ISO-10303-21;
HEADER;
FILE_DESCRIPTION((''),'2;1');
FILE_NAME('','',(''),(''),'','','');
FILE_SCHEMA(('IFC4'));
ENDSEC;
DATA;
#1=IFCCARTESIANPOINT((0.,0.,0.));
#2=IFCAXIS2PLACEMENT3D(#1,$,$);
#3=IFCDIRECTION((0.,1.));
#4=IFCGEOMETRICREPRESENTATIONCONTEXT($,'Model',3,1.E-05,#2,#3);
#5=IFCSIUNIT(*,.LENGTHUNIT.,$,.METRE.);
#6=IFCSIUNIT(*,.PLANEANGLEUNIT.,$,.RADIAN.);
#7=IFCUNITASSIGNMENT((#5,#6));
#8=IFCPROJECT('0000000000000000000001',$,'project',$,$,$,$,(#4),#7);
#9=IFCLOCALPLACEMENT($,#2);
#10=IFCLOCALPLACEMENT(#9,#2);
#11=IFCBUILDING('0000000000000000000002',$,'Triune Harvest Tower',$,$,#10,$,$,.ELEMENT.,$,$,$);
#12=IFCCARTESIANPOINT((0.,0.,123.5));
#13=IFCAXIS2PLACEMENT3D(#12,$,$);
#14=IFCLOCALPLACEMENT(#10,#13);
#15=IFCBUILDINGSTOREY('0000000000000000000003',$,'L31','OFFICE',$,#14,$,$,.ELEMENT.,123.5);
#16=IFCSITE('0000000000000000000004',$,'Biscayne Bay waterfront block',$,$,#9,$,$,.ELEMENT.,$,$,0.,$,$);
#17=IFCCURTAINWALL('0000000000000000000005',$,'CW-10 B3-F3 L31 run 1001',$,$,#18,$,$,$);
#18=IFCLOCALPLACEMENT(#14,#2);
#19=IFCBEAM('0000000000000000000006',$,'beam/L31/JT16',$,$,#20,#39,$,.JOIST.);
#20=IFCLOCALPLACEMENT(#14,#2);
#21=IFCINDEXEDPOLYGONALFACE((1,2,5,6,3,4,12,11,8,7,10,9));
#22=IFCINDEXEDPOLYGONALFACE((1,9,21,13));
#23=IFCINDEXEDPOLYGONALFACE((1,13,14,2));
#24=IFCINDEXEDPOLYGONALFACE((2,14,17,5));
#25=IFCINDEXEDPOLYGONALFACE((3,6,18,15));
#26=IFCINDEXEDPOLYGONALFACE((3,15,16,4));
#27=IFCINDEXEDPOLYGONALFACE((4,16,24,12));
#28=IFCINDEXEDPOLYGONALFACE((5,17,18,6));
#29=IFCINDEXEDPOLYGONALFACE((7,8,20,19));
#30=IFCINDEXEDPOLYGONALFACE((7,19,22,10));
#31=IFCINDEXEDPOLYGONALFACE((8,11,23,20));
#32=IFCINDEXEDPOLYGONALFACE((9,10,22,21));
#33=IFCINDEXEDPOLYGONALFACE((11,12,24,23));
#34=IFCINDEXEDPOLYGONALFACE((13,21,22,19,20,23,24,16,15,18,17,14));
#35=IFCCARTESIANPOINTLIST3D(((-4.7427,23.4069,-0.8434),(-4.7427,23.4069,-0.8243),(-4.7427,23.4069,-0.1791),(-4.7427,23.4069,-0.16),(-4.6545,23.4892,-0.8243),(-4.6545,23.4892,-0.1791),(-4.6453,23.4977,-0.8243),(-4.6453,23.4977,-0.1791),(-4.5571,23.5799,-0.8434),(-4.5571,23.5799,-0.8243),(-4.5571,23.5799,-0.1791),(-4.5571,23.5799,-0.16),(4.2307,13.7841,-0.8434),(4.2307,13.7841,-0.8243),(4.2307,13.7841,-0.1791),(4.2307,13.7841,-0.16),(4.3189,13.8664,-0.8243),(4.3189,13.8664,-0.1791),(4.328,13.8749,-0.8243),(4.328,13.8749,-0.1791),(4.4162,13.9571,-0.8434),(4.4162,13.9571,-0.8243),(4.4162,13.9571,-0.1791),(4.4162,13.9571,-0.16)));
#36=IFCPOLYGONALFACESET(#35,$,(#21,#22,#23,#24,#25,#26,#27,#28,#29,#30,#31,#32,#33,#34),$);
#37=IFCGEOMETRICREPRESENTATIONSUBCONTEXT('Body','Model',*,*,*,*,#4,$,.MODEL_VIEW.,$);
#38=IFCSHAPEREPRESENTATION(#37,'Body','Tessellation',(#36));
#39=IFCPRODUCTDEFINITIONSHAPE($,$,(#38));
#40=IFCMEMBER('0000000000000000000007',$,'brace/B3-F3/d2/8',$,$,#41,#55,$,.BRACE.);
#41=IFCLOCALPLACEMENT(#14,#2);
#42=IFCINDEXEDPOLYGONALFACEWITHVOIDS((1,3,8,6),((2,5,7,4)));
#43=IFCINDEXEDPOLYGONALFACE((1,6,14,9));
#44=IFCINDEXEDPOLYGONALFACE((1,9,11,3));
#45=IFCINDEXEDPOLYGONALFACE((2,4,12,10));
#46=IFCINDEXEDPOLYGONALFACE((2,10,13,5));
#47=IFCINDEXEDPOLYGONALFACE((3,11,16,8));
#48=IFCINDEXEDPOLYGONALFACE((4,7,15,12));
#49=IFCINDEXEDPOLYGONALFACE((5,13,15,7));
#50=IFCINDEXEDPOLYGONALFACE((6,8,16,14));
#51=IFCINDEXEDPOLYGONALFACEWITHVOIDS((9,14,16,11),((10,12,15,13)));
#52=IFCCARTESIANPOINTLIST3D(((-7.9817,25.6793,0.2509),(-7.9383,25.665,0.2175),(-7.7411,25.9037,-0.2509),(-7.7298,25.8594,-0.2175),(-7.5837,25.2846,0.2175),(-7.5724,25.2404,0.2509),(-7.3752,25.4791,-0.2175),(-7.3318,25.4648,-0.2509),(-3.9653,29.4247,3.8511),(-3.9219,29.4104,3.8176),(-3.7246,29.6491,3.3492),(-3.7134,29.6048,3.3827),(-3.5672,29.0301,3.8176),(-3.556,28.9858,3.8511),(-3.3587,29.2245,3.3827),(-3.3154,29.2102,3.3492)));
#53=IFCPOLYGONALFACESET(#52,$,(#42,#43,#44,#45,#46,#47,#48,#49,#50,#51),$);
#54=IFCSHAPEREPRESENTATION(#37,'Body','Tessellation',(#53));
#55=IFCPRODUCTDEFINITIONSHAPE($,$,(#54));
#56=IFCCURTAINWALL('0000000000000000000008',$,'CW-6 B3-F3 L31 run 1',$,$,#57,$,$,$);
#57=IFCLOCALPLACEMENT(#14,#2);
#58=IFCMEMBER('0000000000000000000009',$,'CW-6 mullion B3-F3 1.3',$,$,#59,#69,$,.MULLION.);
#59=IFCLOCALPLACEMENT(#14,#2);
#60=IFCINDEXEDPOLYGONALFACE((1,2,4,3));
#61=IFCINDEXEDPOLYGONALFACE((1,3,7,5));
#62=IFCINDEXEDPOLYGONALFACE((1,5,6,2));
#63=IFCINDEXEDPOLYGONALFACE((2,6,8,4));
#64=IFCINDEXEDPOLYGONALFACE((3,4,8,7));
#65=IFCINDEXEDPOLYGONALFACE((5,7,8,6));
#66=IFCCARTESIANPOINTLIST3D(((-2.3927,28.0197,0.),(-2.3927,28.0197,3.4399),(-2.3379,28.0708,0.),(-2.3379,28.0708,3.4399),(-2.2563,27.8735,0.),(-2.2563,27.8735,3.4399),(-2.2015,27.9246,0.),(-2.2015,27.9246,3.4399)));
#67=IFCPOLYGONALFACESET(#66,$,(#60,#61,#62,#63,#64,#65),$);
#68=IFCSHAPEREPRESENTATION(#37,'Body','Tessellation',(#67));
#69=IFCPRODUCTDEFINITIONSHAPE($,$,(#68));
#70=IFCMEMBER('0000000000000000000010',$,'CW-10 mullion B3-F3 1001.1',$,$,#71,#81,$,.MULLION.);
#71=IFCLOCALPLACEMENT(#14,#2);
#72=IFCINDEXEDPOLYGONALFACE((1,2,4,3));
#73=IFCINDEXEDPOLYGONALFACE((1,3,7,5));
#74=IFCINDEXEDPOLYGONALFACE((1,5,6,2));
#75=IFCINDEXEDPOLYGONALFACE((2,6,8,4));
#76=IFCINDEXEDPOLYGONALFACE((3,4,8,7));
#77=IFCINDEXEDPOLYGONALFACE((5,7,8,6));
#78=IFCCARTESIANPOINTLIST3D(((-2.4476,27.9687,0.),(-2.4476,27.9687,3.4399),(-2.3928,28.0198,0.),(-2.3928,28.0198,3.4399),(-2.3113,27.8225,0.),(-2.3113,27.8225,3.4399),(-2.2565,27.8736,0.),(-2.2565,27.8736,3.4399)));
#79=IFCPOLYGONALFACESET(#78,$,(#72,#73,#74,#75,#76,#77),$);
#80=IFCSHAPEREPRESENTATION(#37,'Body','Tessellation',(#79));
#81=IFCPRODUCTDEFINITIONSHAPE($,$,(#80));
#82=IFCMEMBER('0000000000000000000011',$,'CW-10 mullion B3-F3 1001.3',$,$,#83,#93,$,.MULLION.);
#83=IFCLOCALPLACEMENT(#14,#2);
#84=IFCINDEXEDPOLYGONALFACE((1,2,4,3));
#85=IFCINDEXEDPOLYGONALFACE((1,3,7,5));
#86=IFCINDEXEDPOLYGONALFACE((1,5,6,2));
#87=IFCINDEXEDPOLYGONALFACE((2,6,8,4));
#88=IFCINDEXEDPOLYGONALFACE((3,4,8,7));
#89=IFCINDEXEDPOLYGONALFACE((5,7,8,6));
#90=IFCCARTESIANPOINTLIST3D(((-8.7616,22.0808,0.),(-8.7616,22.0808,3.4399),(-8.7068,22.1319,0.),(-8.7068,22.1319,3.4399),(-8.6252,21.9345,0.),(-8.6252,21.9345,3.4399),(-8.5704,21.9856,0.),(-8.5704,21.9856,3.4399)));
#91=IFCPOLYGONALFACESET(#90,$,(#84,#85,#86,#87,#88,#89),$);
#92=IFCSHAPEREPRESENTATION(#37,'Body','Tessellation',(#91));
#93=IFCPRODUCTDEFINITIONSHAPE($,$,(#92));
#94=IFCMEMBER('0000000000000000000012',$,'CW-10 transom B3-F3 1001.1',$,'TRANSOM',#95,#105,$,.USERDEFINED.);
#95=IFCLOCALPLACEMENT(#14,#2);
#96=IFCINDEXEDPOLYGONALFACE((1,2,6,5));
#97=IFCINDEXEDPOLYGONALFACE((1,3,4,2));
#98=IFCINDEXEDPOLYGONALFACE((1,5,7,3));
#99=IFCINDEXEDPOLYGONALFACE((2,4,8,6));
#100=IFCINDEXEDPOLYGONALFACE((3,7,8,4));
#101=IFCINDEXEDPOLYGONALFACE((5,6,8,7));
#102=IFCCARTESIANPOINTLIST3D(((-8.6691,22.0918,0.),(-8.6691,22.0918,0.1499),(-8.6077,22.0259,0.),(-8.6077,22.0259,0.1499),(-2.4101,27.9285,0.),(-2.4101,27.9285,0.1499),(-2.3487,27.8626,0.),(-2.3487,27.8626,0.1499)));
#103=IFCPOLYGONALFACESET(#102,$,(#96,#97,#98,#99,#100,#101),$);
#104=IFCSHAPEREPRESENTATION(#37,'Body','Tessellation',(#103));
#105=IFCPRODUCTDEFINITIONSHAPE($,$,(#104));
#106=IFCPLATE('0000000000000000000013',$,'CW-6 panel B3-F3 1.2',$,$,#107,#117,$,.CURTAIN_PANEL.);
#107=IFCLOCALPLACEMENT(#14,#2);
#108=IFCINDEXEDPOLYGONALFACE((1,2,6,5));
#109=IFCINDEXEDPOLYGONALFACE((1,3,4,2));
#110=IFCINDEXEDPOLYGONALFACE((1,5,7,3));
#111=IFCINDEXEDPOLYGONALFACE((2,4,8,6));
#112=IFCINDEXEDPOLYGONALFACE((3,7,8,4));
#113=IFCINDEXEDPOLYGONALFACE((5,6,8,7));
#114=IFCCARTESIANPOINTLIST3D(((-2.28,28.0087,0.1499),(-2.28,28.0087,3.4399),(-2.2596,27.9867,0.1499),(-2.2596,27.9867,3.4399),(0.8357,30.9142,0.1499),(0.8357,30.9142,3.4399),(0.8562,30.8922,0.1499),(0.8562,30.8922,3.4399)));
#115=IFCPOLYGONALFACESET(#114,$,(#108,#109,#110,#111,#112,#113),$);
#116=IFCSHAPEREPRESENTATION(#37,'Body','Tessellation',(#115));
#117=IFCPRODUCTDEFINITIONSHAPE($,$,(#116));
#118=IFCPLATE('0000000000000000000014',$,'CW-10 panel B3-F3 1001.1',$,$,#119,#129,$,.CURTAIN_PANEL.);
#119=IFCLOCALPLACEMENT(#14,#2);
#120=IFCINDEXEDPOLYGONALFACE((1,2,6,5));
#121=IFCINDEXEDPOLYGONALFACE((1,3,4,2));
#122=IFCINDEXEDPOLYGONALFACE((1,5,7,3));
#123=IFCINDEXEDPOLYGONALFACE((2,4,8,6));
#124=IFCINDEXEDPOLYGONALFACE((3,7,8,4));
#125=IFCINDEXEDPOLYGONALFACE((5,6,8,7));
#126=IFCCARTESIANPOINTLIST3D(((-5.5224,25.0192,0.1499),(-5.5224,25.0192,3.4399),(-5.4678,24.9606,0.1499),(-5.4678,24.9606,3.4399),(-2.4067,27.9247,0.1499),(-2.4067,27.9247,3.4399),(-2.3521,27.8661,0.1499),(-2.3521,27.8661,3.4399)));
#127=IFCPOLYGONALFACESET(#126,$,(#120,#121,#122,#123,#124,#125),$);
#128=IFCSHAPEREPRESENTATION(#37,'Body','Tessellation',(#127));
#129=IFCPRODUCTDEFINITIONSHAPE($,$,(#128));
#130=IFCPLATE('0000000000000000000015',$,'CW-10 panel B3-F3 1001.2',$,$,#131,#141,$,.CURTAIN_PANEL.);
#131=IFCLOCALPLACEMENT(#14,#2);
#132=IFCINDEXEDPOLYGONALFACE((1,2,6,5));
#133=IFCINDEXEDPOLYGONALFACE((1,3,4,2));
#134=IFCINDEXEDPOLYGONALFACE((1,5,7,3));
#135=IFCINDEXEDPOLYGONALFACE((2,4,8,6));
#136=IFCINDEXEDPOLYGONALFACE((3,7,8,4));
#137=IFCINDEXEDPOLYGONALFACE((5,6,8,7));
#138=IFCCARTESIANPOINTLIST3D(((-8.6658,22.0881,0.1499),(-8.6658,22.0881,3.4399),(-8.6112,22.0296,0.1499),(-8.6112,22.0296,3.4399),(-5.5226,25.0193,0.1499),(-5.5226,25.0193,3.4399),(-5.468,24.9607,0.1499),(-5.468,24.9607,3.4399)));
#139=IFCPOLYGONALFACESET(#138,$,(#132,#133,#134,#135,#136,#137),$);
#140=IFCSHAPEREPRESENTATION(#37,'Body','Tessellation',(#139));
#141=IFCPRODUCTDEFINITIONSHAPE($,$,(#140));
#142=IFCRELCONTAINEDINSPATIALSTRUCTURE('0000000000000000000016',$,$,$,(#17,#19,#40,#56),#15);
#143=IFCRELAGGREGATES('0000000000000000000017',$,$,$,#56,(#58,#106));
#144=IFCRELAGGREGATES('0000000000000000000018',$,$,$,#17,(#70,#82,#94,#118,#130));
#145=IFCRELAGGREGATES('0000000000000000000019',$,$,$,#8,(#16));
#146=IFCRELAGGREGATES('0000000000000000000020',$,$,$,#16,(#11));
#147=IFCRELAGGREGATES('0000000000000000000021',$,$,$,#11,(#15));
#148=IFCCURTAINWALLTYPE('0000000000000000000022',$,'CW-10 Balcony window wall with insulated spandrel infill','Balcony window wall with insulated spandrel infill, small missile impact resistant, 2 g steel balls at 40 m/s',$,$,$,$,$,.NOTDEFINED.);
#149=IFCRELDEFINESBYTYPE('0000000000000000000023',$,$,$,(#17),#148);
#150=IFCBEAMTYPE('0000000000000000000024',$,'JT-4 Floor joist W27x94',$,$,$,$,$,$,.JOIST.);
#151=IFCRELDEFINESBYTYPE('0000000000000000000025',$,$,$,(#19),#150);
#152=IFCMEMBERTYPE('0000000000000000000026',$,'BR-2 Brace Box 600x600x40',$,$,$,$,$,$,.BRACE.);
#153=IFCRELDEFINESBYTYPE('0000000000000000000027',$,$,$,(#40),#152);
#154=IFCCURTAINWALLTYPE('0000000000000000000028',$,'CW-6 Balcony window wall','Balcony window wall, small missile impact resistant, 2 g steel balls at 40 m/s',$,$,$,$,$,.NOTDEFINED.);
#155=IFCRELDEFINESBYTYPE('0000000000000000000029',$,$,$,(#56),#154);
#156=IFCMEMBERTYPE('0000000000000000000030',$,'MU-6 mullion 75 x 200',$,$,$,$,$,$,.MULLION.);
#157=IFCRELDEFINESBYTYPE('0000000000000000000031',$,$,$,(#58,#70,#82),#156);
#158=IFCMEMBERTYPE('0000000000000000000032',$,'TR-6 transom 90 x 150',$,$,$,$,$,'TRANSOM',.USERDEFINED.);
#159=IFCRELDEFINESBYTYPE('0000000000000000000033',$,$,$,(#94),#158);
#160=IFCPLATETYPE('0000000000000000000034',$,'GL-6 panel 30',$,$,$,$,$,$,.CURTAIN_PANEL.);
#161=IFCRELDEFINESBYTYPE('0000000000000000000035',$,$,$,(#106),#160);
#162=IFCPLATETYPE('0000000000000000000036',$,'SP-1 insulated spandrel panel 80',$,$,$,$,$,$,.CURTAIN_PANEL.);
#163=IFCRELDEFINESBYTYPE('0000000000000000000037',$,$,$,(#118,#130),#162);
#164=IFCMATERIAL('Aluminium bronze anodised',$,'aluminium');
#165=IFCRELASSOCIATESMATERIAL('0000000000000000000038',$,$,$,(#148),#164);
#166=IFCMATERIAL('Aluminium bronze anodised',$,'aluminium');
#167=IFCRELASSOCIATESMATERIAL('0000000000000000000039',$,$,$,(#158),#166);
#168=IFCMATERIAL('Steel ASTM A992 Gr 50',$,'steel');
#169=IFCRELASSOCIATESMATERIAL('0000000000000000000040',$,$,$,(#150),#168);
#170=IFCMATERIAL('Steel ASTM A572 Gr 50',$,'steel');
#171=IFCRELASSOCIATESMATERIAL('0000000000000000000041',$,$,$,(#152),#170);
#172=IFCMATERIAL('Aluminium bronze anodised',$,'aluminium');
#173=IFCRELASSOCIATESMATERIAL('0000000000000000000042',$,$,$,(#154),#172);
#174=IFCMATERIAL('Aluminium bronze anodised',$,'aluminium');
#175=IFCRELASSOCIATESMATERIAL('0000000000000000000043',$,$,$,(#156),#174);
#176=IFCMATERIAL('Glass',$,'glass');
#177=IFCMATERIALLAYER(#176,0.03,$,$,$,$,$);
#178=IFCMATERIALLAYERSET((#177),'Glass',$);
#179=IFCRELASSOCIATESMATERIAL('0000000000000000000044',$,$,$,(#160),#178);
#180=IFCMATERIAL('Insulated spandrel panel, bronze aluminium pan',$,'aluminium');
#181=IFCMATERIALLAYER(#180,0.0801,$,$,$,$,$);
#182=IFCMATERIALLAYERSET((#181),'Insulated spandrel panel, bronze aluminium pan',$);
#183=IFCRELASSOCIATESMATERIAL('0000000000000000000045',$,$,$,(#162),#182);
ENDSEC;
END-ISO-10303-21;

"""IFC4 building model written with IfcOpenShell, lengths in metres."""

from ifc_helpers import new_model, si_unit, direction, frame, origin, origin_2d, place, context, subcontext, project, spatial, rectangle, hollow_rectangle, i_section, extrude, source, transform, mapped, material, layer, layer_set, material_profile, profile_set, type_object, element, aggregate, save


model = new_model("IFC4")

# Units and contexts
model_context = context("Model", 3, precision=1e-05, world=origin(), true_north=direction((0.0, 1.0)))
body_context = subcontext(model_context, "Body", "Model", "MODEL_VIEW")
ifc_project = project(units=[si_unit("LENGTHUNIT", "METRE"), si_unit("PLANEANGLEUNIT", "RADIAN")], contexts=[model_context])

# Site, building, storey
site_placement = place(None, origin())
site = spatial("IfcSite", under=ifc_project, at=site_placement, Name="Biscayne Bay waterfront block", CompositionType="ELEMENT", RefElevation=0.0)
building_placement = place(site_placement, origin())
building = spatial("IfcBuilding", under=site, at=building_placement, Name="Triune Harvest Tower", CompositionType="ELEMENT")
storey_placement = place(building_placement, frame((0.0, 0.0, 123.5)))
storey = spatial("IfcBuildingStorey", under=building, at=storey_placement, Name="L31", Description="OFFICE", CompositionType="ELEMENT", Elevation=123.5)

# Curtain wall
ifc_material_1 = material(Name="Aluminium bronze anodised", Category="aluminium")
curtain_wall_type_1 = type_object("IfcCurtainWallType", Name="CW-10 Balcony window wall with insulated spandrel infill", Description="Balcony window wall with insulated spandrel infill, small missile impact resistant, 2 g steel balls at 40 m/s", PredefinedType="NOTDEFINED", material=ifc_material_1)
curtain_wall_1_placement = place(storey_placement, origin())
curtain_wall_1 = element("IfcCurtainWall", 1, at=curtain_wall_1_placement, inside=storey, type_object=curtain_wall_type_1, Name="CW-10 B3-F3 L31 run 1001")
ifc_material_2 = material(Name="Aluminium bronze anodised", Category="aluminium")
ifc_material_profile_1 = material_profile(ifc_material_2, rectangle(XDim=0.0901, YDim=0.1499, at=origin_2d()), Name="TR-6 transom 90 x 150")
ifc_profile_set_1 = profile_set([ifc_material_profile_1], Name="Aluminium bronze anodised")
member_type_1 = type_object("IfcMemberType", Name="TR-6 transom 90 x 150", ElementType="TRANSOM", PredefinedType="USERDEFINED", material=ifc_profile_set_1)

# Beam
ifc_material_3 = material(Name="Steel ASTM A992 Gr 50", Category="steel")
ifc_material_profile_2 = material_profile(ifc_material_3, i_section(OverallWidth=0.2537, OverallDepth=0.6833, WebThickness=0.0125, FlangeThickness=0.019, at=origin_2d()), Name="W27x94")
ifc_profile_set_2 = profile_set([ifc_material_profile_2], Name="Steel ASTM A992 Gr 50")
beam_type_1 = type_object("IfcBeamType", Name="JT-4 Floor joist W27x94", PredefinedType="JOIST", material=ifc_profile_set_2)
shared_shape_1 = source(origin(), body_context, "Body", "SweptSolid", [
    extrude(i_section(OverallWidth=0.2537, OverallDepth=0.6833, WebThickness=0.0125, FlangeThickness=0.019, at=origin_2d()), origin(), (0.0, 0.0, 1.0), 13.1575),
])
beam_1_placement = place(storey_placement, frame((-4.6499, 23.4934, -0.5017), z_axis=(0.681998, -0.731354, 0.0), x_axis=(0.731354, 0.681998, 0.0)))
element("IfcBeam", 2, at=beam_1_placement, inside=storey, type_object=beam_type_1, Name="beam/L31/JT16", PredefinedType="JOIST", context=body_context, shape_type="MappedRepresentation", body=[
    mapped(shared_shape_1, transform((0.0, 0.0, 0.0), scale=1.0)),
])

# Member
ifc_material_4 = material(Name="Steel ASTM A572 Gr 50", Category="steel")
ifc_material_profile_3 = material_profile(ifc_material_4, hollow_rectangle(XDim=0.6001, YDim=0.6001, WallThickness=0.04, at=origin_2d()), Name="Box 600x600x40")
ifc_profile_set_3 = profile_set([ifc_material_profile_3], Name="Steel ASTM A572 Gr 50")
member_type_2 = type_object("IfcMemberType", Name="BR-2 Brace Box 600x600x40", PredefinedType="BRACE", material=ifc_profile_set_3)
shared_shape_2 = source(origin(), body_context, "Body", "SweptSolid", [
    extrude(hollow_rectangle(XDim=0.6001, YDim=0.6001, WallThickness=0.04, at=origin_2d()), origin(), (0.0, 0.0, 1.0), 6.5667),
])
member_1_placement = place(storey_placement, frame((-7.6567, 25.572, 0.0), z_axis=(0.611639, 0.57037, 0.548248), x_axis=(-0.682003, 0.731349, 0.0)))
element("IfcMember", 3, at=member_1_placement, inside=storey, type_object=member_type_2, Name="brace/B3-F3/d2/8", PredefinedType="BRACE", context=body_context, shape_type="MappedRepresentation", body=[
    mapped(shared_shape_2, transform((0.0, 0.0, 0.0), scale=1.0)),
])

# Curtain wall, member
ifc_material_5 = material(Name="Aluminium bronze anodised", Category="aluminium")
curtain_wall_type_2 = type_object("IfcCurtainWallType", Name="CW-6 Balcony window wall", Description="Balcony window wall, small missile impact resistant, 2 g steel balls at 40 m/s", PredefinedType="NOTDEFINED", material=ifc_material_5)
curtain_wall_2_placement = place(storey_placement, origin())
curtain_wall_2 = element("IfcCurtainWall", 4, at=curtain_wall_2_placement, inside=storey, type_object=curtain_wall_type_2, Name="CW-6 B3-F3 L31 run 1")
ifc_material_6 = material(Name="Aluminium bronze anodised", Category="aluminium")
ifc_material_profile_4 = material_profile(ifc_material_6, rectangle(XDim=0.2, YDim=0.075, at=origin_2d()), Name="MU-6 mullion 75 x 200")
ifc_profile_set_4 = profile_set([ifc_material_profile_4], Name="Aluminium bronze anodised")
member_type_3 = type_object("IfcMemberType", Name="MU-6 mullion 75 x 200", PredefinedType="MULLION", material=ifc_profile_set_4)
shared_shape_3 = source(origin(), body_context, "Body", "SweptSolid", [
    extrude(rectangle(XDim=0.2, YDim=0.075, at=origin_2d()), origin(), (0.0, 0.0, 1.0), 3.4399),
])
member_2_placement = place(storey_placement, frame((-2.2971, 27.9722, 0.0), z_axis=(0.0, 0.0, 1.0), x_axis=(0.681998, -0.731354, 0.0)))
member_2 = element("IfcMember", 5, at=member_2_placement, type_object=member_type_3, Name="CW-6 mullion B3-F3 1.3", PredefinedType="MULLION", context=body_context, shape_type="MappedRepresentation", body=[
    mapped(shared_shape_3, transform((0.0, 0.0, 0.0), scale=1.0)),
])

# Members
member_3_placement = place(storey_placement, frame((-2.3521, 27.9211, 0.0), z_axis=(0.0, 0.0, 1.0), x_axis=(0.681999, -0.731353, 0.0)))
member_3 = element("IfcMember", 6, at=member_3_placement, type_object=member_type_3, Name="CW-10 mullion B3-F3 1001.1", PredefinedType="MULLION", context=body_context, shape_type="MappedRepresentation", body=[
    mapped(shared_shape_3, transform((0.0, 0.0, 0.0), scale=1.0)),
])
member_4_placement = place(storey_placement, frame((-8.666, 22.0332, 0.0), z_axis=(0.0, 0.0, 1.0), x_axis=(0.681999, -0.731353, 0.0)))
member_4 = element("IfcMember", 7, at=member_4_placement, type_object=member_type_3, Name="CW-10 mullion B3-F3 1001.3", PredefinedType="MULLION", context=body_context, shape_type="MappedRepresentation", body=[
    mapped(shared_shape_3, transform((0.0, 0.0, 0.0), scale=1.0)),
])
shared_shape_4 = source(origin(), body_context, "Body", "SweptSolid", [
    extrude(rectangle(XDim=0.0901, YDim=0.1499, at=origin_2d()), origin(), (0.0, 0.0, 1.0), 8.5581),
])
member_5_placement = place(storey_placement, frame((-2.3794, 27.8955, 0.075), z_axis=(-0.731352, -0.682, 0.0), x_axis=(0.682, -0.731352, 0.0)))
member_5 = element("IfcMember", 8, at=member_5_placement, type_object=member_type_1, Name="CW-10 transom B3-F3 1001.1", ObjectType="TRANSOM", PredefinedType="USERDEFINED", context=body_context, shape_type="MappedRepresentation", body=[
    mapped(shared_shape_4, transform((0.0, 0.0, 0.0), scale=1.0)),
])

# Plates
ifc_material_7 = material(Name="Glass", Category="glass")
ifc_layer_1 = layer(ifc_material_7, 0.03)
ifc_layer_set_1 = layer_set([ifc_layer_1], Name="Glass")
plate_type_1 = type_object("IfcPlateType", Name="GL-6 panel 30", PredefinedType="CURTAIN_PANEL", material=ifc_layer_set_1)
shared_shape_5 = source(origin(), body_context, "Body", "SweptSolid", [
    extrude(rectangle(XDim=4.2603, YDim=0.03, at=origin_2d()), origin(), (0.0, 0.0, 1.0), 3.29),
])
plate_1_placement = place(storey_placement, frame((-0.7119, 29.4504, 0.1499), z_axis=(0.0, 0.0, 1.0), x_axis=(-0.731354, -0.681998, 0.0)))
plate_1 = element("IfcPlate", 9, at=plate_1_placement, type_object=plate_type_1, Name="CW-6 panel B3-F3 1.2", PredefinedType="CURTAIN_PANEL", context=body_context, shape_type="MappedRepresentation", body=[
    mapped(shared_shape_5, transform((0.0, 0.0, 0.0), scale=1.0)),
])
aggregate(curtain_wall_2, [member_2, plate_1])
ifc_material_8 = material(Name="Insulated spandrel panel, bronze aluminium pan", Category="aluminium")
ifc_layer_2 = layer(ifc_material_8, 0.0801)
ifc_layer_set_2 = layer_set([ifc_layer_2], Name="Insulated spandrel panel, bronze aluminium pan")
plate_type_2 = type_object("IfcPlateType", Name="SP-1 insulated spandrel panel 80", PredefinedType="CURTAIN_PANEL", material=ifc_layer_set_2)
shared_shape_6 = source(origin(), body_context, "Body", "SweptSolid", [
    extrude(rectangle(XDim=4.2603, YDim=0.0801, at=origin_2d()), origin(), (0.0, 0.0, 1.0), 3.29),
])
plate_2_placement = place(storey_placement, frame((-3.9373, 26.4426, 0.1499), z_axis=(0.0, 0.0, 1.0), x_axis=(-0.731353, -0.681999, 0.0)))
plate_2 = element("IfcPlate", 10, at=plate_2_placement, type_object=plate_type_2, Name="CW-10 panel B3-F3 1001.1", PredefinedType="CURTAIN_PANEL", context=body_context, shape_type="MappedRepresentation", body=[
    mapped(shared_shape_6, transform((0.0, 0.0, 0.0), scale=1.0)),
])
shared_shape_7 = source(origin(), body_context, "Body", "SweptSolid", [
    extrude(rectangle(XDim=4.2979, YDim=0.0801, at=origin_2d()), origin(), (0.0, 0.0, 1.0), 3.29),
])
plate_3_placement = place(storey_placement, frame((-7.0669, 23.5244, 0.1499), z_axis=(0.0, 0.0, 1.0), x_axis=(-0.731353, -0.681999, 0.0)))
plate_3 = element("IfcPlate", 11, at=plate_3_placement, type_object=plate_type_2, Name="CW-10 panel B3-F3 1001.2", PredefinedType="CURTAIN_PANEL", context=body_context, shape_type="MappedRepresentation", body=[
    mapped(shared_shape_7, transform((0.0, 0.0, 0.0), scale=1.0)),
])
aggregate(curtain_wall_1, [member_3, member_4, member_5, plate_2, plate_3])

save(model, "model.ifc")
